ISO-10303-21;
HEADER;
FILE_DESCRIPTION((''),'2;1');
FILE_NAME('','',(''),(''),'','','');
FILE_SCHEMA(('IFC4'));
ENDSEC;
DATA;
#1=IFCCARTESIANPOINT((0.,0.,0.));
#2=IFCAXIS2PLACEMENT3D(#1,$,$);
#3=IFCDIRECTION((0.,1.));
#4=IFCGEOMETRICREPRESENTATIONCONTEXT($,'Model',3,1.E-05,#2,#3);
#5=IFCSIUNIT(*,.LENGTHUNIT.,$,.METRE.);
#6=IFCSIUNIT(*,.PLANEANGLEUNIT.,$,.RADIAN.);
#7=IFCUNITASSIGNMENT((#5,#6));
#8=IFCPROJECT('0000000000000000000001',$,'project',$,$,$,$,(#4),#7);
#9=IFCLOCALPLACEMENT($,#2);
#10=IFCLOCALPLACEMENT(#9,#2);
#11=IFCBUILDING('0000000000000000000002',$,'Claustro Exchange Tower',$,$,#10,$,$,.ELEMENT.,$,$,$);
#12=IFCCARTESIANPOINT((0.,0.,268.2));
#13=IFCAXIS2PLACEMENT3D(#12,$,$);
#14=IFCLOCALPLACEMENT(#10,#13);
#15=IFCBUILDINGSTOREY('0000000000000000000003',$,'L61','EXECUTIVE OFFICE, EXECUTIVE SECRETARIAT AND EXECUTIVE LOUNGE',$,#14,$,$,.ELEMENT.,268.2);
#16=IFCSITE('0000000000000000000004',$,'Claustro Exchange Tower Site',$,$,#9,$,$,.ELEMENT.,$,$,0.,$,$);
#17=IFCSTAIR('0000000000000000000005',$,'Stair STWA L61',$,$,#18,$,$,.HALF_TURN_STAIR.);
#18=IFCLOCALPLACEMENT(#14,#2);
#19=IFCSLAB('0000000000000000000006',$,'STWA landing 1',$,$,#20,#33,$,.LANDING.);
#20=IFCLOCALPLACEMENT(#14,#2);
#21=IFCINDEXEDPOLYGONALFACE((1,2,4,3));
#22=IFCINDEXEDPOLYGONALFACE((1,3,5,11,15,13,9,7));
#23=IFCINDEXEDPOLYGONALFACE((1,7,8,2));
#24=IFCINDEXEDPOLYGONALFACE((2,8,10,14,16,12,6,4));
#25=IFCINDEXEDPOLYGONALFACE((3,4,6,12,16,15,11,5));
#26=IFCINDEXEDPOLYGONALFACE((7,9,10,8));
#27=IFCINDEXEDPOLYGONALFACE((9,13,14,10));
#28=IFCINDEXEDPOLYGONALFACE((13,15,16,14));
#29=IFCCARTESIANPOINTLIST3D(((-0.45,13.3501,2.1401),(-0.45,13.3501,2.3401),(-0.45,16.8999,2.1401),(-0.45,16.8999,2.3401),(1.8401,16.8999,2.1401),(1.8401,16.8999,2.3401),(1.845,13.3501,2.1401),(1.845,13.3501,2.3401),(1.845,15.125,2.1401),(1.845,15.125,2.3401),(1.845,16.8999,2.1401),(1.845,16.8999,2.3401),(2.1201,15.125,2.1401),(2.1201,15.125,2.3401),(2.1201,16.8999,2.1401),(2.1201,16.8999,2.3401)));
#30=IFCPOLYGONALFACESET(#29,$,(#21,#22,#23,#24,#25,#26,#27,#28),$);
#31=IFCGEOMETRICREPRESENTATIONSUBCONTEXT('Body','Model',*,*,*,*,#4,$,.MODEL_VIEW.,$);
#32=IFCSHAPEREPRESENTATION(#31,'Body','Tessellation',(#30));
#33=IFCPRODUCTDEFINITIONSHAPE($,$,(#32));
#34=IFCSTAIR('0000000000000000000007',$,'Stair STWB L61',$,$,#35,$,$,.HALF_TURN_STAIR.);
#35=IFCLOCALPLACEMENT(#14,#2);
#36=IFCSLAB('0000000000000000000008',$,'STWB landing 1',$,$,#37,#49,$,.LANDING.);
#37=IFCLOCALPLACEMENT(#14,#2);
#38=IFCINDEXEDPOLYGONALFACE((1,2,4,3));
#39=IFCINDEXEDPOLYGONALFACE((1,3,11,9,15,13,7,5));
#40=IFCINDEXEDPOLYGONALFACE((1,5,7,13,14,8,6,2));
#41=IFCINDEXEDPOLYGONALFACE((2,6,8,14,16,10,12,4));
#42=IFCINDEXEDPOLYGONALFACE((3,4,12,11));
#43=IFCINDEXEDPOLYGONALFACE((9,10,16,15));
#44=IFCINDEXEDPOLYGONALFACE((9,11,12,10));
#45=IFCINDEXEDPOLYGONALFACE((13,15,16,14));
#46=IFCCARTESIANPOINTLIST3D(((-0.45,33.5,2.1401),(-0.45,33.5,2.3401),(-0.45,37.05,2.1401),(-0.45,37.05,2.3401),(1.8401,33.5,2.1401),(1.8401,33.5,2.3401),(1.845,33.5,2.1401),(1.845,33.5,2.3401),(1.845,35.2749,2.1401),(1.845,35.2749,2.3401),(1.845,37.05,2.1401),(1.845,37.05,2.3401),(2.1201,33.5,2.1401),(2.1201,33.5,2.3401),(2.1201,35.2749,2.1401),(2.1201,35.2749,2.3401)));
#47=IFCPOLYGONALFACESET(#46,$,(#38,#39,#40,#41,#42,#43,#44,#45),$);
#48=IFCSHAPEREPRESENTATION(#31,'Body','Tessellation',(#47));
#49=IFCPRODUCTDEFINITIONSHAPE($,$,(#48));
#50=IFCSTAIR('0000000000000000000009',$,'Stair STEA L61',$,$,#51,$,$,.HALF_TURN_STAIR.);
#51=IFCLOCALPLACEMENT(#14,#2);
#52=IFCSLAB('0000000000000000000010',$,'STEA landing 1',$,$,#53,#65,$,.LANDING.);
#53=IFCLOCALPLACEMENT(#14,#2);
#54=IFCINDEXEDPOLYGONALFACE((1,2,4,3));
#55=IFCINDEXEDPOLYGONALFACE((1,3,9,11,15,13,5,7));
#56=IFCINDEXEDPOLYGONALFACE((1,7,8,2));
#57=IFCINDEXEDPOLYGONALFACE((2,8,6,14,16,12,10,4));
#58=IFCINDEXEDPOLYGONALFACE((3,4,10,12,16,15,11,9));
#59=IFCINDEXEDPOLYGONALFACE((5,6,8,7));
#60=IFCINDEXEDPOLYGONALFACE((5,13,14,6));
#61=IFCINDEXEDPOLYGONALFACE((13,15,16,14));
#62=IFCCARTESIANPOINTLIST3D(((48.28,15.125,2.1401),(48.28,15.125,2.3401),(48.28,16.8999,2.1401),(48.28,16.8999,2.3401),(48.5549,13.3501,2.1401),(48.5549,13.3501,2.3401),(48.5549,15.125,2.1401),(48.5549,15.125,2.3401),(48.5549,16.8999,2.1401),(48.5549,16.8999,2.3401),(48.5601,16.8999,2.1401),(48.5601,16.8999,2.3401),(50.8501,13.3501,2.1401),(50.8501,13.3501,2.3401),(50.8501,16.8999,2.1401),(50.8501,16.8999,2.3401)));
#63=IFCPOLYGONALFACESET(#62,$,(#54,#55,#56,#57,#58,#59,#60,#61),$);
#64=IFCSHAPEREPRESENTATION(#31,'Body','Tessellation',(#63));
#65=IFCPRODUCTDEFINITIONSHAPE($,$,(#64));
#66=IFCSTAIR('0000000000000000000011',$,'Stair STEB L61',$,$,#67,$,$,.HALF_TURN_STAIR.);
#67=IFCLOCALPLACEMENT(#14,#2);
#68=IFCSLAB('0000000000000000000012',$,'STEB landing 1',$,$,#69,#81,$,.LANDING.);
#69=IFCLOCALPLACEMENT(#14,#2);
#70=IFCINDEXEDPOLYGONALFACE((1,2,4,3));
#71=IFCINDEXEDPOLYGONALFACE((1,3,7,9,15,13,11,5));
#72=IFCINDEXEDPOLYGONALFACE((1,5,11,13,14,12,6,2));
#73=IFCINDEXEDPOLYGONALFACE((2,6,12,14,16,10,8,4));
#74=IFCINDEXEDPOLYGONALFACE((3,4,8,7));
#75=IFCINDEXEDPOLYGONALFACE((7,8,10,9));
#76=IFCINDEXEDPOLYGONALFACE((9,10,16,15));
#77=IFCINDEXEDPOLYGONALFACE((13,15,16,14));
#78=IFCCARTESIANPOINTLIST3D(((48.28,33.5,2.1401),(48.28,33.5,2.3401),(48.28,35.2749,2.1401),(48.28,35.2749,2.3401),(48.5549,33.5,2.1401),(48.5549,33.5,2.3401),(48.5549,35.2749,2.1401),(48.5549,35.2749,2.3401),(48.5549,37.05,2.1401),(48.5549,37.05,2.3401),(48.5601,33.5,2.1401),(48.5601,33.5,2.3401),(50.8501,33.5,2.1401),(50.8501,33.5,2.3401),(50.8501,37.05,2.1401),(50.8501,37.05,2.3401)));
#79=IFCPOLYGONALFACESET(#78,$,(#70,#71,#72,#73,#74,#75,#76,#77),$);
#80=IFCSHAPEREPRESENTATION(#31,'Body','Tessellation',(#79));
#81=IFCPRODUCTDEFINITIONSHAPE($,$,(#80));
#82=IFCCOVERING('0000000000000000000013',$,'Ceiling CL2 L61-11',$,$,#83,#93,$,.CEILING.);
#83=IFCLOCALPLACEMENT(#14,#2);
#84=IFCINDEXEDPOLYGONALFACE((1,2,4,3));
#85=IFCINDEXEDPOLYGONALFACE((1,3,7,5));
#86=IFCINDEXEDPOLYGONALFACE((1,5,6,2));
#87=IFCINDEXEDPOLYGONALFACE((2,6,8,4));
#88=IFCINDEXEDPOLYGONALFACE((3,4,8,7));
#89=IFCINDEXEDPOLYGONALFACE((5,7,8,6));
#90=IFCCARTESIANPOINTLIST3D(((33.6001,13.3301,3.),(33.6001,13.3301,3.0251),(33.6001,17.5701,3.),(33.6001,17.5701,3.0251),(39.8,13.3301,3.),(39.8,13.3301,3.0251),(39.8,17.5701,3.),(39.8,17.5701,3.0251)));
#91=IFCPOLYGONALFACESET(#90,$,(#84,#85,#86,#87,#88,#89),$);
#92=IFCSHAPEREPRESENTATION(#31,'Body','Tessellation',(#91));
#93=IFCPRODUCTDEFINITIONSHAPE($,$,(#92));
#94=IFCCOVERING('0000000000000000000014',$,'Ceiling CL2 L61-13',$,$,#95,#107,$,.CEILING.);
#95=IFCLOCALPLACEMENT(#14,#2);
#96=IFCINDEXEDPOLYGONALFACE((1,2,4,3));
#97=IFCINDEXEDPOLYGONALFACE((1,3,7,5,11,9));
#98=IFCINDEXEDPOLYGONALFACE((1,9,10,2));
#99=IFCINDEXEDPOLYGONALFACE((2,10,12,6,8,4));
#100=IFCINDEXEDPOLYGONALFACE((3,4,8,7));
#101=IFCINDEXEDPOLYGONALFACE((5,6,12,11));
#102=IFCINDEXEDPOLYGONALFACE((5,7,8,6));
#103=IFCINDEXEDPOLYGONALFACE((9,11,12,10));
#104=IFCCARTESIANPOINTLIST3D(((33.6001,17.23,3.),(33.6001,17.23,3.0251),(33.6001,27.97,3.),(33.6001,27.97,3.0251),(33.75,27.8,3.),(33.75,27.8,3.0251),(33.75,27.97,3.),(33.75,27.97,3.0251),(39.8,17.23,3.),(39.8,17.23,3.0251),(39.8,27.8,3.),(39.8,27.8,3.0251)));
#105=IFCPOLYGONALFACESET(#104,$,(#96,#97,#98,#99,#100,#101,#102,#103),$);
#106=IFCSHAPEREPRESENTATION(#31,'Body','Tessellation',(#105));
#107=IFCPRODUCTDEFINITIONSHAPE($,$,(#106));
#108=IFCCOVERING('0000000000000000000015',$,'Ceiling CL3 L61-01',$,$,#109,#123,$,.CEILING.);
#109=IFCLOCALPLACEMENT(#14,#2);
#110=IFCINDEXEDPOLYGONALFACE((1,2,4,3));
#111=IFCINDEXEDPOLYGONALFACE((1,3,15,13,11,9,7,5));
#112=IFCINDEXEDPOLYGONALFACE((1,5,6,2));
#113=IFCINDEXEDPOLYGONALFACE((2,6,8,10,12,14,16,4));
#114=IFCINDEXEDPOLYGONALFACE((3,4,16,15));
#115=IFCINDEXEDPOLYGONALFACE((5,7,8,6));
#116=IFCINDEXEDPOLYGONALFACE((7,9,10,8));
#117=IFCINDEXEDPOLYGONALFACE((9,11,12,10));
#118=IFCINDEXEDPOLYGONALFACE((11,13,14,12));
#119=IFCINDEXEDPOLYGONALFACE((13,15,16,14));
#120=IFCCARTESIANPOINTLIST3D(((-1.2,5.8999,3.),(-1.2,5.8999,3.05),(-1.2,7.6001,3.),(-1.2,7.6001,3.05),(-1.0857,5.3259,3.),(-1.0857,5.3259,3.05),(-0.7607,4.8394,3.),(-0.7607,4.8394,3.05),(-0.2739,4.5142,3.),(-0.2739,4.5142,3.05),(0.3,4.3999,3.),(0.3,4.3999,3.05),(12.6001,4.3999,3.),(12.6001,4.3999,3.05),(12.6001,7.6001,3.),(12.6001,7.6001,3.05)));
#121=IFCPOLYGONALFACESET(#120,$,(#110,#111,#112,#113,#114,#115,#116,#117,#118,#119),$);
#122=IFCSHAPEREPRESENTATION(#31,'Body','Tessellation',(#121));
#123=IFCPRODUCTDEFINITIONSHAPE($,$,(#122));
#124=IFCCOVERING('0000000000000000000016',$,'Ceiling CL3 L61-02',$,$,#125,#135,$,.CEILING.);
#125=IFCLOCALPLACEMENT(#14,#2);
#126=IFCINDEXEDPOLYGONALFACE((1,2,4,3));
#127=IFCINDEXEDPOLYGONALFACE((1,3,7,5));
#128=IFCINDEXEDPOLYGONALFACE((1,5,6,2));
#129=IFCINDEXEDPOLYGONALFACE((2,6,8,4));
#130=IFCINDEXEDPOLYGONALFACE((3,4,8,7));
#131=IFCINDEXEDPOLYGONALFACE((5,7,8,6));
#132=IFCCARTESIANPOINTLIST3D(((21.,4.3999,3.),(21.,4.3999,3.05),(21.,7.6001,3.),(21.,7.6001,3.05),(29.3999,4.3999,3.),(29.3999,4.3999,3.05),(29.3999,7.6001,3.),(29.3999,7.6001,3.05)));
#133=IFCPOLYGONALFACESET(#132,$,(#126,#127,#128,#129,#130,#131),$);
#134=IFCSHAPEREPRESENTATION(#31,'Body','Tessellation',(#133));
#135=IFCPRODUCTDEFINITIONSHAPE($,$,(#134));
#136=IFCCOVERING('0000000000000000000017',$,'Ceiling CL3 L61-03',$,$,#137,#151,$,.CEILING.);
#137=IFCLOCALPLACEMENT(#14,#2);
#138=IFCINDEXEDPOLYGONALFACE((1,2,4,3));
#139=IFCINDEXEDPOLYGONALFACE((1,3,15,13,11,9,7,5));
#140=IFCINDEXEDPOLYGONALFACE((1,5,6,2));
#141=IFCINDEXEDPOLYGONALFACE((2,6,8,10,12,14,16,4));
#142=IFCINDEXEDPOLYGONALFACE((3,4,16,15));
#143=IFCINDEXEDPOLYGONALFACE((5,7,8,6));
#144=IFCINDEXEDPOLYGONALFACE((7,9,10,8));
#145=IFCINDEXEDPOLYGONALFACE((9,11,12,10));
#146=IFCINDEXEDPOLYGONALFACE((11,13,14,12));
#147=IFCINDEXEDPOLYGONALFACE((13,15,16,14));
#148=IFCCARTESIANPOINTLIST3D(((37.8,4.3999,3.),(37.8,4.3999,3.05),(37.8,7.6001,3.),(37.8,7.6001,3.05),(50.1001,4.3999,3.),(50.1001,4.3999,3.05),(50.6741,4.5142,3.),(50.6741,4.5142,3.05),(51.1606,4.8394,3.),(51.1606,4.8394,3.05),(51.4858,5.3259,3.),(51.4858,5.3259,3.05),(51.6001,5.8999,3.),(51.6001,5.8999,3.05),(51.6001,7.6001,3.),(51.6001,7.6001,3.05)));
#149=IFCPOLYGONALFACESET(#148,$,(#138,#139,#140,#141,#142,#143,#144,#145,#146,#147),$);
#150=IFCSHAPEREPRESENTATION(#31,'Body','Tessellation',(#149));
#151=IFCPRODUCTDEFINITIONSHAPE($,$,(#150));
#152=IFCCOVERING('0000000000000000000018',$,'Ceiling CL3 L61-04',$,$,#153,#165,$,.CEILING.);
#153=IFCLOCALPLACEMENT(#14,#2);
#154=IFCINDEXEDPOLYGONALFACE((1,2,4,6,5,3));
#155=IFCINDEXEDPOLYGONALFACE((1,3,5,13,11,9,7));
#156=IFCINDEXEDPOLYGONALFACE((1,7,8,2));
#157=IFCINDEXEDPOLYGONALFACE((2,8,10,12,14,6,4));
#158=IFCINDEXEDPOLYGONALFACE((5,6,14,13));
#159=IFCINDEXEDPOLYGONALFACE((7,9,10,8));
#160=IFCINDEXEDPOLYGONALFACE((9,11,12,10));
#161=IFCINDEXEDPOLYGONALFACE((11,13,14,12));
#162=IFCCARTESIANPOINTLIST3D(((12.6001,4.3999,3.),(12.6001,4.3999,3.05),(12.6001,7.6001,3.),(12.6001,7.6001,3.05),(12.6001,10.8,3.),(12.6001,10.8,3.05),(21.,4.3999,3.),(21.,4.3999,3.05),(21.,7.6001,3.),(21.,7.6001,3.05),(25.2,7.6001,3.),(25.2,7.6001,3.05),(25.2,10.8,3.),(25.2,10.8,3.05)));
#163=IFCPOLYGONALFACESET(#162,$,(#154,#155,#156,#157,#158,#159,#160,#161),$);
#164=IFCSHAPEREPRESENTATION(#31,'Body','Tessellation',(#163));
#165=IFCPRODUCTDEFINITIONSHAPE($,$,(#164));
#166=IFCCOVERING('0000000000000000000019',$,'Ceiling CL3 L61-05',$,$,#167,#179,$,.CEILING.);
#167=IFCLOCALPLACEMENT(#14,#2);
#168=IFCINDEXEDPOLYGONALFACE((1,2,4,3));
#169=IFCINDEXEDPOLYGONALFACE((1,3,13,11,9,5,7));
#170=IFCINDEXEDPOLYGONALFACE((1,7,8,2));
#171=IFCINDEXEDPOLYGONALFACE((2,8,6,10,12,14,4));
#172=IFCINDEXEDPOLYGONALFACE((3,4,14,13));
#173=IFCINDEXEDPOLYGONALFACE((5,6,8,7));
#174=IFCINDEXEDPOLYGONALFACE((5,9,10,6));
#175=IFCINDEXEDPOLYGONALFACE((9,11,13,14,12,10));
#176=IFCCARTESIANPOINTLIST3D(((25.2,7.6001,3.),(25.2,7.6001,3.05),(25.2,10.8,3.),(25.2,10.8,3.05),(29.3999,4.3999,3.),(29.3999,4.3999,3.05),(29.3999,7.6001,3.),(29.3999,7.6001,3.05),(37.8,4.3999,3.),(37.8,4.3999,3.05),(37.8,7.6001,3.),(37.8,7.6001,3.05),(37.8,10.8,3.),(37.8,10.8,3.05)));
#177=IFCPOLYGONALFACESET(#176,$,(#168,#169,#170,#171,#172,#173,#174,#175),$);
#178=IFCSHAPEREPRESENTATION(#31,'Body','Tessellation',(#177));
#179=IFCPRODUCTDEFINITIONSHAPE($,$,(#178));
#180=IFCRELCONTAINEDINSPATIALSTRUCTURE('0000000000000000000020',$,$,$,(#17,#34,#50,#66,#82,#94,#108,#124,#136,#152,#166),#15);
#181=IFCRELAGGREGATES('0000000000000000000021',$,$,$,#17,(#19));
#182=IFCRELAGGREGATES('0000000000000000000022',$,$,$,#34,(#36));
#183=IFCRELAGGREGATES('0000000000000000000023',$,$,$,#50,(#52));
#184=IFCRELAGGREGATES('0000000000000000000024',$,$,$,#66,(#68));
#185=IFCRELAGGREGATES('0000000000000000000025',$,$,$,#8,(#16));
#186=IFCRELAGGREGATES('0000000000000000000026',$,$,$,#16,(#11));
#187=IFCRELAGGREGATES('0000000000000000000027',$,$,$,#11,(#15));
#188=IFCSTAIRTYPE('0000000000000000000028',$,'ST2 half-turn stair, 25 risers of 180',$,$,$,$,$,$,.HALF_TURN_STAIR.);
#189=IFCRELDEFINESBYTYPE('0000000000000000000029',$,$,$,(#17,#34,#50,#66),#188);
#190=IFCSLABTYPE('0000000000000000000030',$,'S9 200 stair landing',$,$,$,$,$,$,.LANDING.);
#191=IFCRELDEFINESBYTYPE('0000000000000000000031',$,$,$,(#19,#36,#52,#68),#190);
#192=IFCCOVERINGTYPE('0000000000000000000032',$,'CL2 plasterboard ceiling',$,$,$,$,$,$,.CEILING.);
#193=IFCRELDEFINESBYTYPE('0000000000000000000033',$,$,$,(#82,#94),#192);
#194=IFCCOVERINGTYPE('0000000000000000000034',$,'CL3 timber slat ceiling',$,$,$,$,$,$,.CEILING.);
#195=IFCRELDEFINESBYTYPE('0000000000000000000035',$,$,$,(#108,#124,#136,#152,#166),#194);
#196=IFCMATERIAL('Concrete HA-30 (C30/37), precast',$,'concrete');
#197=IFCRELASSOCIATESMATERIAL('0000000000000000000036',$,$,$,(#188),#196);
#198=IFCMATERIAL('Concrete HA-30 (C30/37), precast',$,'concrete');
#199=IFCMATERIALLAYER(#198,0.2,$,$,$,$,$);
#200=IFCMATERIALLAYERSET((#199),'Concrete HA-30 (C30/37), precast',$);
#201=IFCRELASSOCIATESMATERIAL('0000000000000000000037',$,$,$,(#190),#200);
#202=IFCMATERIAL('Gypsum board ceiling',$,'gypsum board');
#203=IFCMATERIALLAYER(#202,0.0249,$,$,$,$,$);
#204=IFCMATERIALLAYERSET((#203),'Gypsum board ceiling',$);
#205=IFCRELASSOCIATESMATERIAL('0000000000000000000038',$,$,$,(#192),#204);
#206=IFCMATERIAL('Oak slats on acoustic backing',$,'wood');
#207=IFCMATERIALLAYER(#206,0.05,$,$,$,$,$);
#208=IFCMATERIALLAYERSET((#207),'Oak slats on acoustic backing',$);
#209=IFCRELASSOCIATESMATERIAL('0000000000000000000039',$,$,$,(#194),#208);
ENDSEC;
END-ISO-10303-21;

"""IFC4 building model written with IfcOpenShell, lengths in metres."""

from ifc_helpers import new_model, si_unit, direction, frame, origin, place, context, subcontext, project, spatial, polyline, outline, extrude, material, layer, layer_set, type_object, element, aggregate, save


model = new_model("IFC4")

# Units and contexts
model_context = context("Model", 3, precision=1e-05, world=origin(), true_north=direction((0.0, 1.0)))
body_context = subcontext(model_context, "Body", "Model", "MODEL_VIEW")
ifc_project = project(units=[si_unit("LENGTHUNIT", "METRE"), si_unit("PLANEANGLEUNIT", "RADIAN")], contexts=[model_context])

# Site, building, storey
site_placement = place(None, origin())
site = spatial("IfcSite", under=ifc_project, at=site_placement, Name="Claustro Exchange Tower Site", CompositionType="ELEMENT", RefElevation=0.0)
building_placement = place(site_placement, origin())
building = spatial("IfcBuilding", under=site, at=building_placement, Name="Claustro Exchange Tower", CompositionType="ELEMENT")
storey_placement = place(building_placement, frame((0.0, 0.0, 268.2)))
storey = spatial("IfcBuildingStorey", under=building, at=storey_placement, Name="L61", Description="EXECUTIVE OFFICE, EXECUTIVE SECRETARIAT AND EXECUTIVE LOUNGE", CompositionType="ELEMENT", Elevation=268.2)

# Stairs, slabs
ifc_material_1 = material(Name="Concrete HA-30 (C30/37), precast", Category="concrete")
stair_type = type_object("IfcStairType", Name="ST2 half-turn stair, 25 risers of 180", PredefinedType="HALF_TURN_STAIR", material=ifc_material_1)
stair_1_placement = place(storey_placement, origin())
stair_1 = element("IfcStair", 1, at=stair_1_placement, inside=storey, type_object=stair_type, Name="Stair STWA L61", PredefinedType="HALF_TURN_STAIR")
ifc_material_2 = material(Name="Concrete HA-30 (C30/37), precast", Category="concrete")
ifc_layer_1 = layer(ifc_material_2, 0.2)
ifc_layer_set_1 = layer_set([ifc_layer_1], Name="Concrete HA-30 (C30/37), precast")
slab_type_1 = type_object("IfcSlabType", Name="S9 200 stair landing", PredefinedType="LANDING", material=ifc_layer_set_1)
slab_1_placement = place(storey_placement, frame((0.0, 0.0, 2.1401)))
slab_1 = element("IfcSlab", 2, at=slab_1_placement, type_object=slab_type_1, Name="STWA landing 1", PredefinedType="LANDING", context=body_context, shape_type="SweptSolid", body=[
    extrude(outline(polyline([(1.845, 13.3501), (-0.45, 13.3501), (-0.45, 16.8999), (1.8401, 16.8999), (1.845, 16.8999), (2.1201, 16.8999), (2.1201, 15.125), (1.845, 15.125), (1.845, 13.3501)])), origin(), (0.0, 0.0, 1.0), 0.2),
])
aggregate(stair_1, [slab_1])
stair_2_placement = place(storey_placement, origin())
stair_2 = element("IfcStair", 3, at=stair_2_placement, inside=storey, type_object=stair_type, Name="Stair STWB L61", PredefinedType="HALF_TURN_STAIR")
slab_2_placement = place(storey_placement, frame((0.0, 0.0, 2.1401)))
slab_2 = element("IfcSlab", 4, at=slab_2_placement, type_object=slab_type_1, Name="STWB landing 1", PredefinedType="LANDING", context=body_context, shape_type="SweptSolid", body=[
    extrude(outline(polyline([(2.1201, 35.2749), (2.1201, 33.5), (1.845, 33.5), (1.8401, 33.5), (-0.45, 33.5), (-0.45, 37.05), (1.845, 37.05), (1.845, 35.2749), (2.1201, 35.2749)])), origin(), (0.0, 0.0, 1.0), 0.2),
])
aggregate(stair_2, [slab_2])
stair_3_placement = place(storey_placement, origin())
stair_3 = element("IfcStair", 5, at=stair_3_placement, inside=storey, type_object=stair_type, Name="Stair STEA L61", PredefinedType="HALF_TURN_STAIR")
slab_3_placement = place(storey_placement, frame((0.0, 0.0, 2.1401)))
slab_3 = element("IfcSlab", 6, at=slab_3_placement, type_object=slab_type_1, Name="STEA landing 1", PredefinedType="LANDING", context=body_context, shape_type="SweptSolid", body=[
    extrude(outline(polyline([(50.8501, 16.8999), (50.8501, 13.3501), (48.5549, 13.3501), (48.5549, 15.125), (48.28, 15.125), (48.28, 16.8999), (48.5549, 16.8999), (48.5601, 16.8999), (50.8501, 16.8999)])), origin(), (0.0, 0.0, 1.0), 0.2),
])
aggregate(stair_3, [slab_3])
stair_4_placement = place(storey_placement, origin())
stair_4 = element("IfcStair", 7, at=stair_4_placement, inside=storey, type_object=stair_type, Name="Stair STEB L61", PredefinedType="HALF_TURN_STAIR")
slab_4_placement = place(storey_placement, frame((0.0, 0.0, 2.1401)))
slab_4 = element("IfcSlab", 8, at=slab_4_placement, type_object=slab_type_1, Name="STEB landing 1", PredefinedType="LANDING", context=body_context, shape_type="SweptSolid", body=[
    extrude(outline(polyline([(48.28, 33.5), (48.28, 35.2749), (48.5549, 35.2749), (48.5549, 37.05), (50.8501, 37.05), (50.8501, 33.5), (48.5601, 33.5), (48.5549, 33.5), (48.28, 33.5)])), origin(), (0.0, 0.0, 1.0), 0.2),
])
aggregate(stair_4, [slab_4])

# Coverings
ifc_material_3 = material(Name="Gypsum board ceiling", Category="gypsum board")
ifc_layer_2 = layer(ifc_material_3, 0.0249)
ifc_layer_set_2 = layer_set([ifc_layer_2], Name="Gypsum board ceiling")
covering_type_1 = type_object("IfcCoveringType", Name="CL2 plasterboard ceiling", PredefinedType="CEILING", material=ifc_layer_set_2)
covering_1_placement = place(storey_placement, frame((0.0, 0.0, 3.0)))
element("IfcCovering", 9, at=covering_1_placement, inside=storey, type_object=covering_type_1, Name="Ceiling CL2 L61-11", PredefinedType="CEILING", context=body_context, shape_type="SweptSolid", body=[
    extrude(outline(polyline([(33.6001, 17.5701), (33.6001, 13.3301), (39.8, 13.3301), (39.8, 17.5701), (33.6001, 17.5701)])), origin(), (0.0, 0.0, 1.0), 0.0251),
])
covering_2_placement = place(storey_placement, frame((0.0, 0.0, 3.0)))
element("IfcCovering", 10, at=covering_2_placement, inside=storey, type_object=covering_type_1, Name="Ceiling CL2 L61-13", PredefinedType="CEILING", context=body_context, shape_type="SweptSolid", body=[
    extrude(outline(polyline([(33.6001, 27.97), (33.6001, 17.23), (39.8, 17.23), (39.8, 27.8), (33.75, 27.8), (33.75, 27.97), (33.6001, 27.97)])), origin(), (0.0, 0.0, 1.0), 0.0251),
])
ifc_material_4 = material(Name="Oak slats on acoustic backing", Category="wood")
ifc_layer_3 = layer(ifc_material_4, 0.05)
ifc_layer_set_3 = layer_set([ifc_layer_3], Name="Oak slats on acoustic backing")
covering_type_2 = type_object("IfcCoveringType", Name="CL3 timber slat ceiling", PredefinedType="CEILING", material=ifc_layer_set_3)
covering_3_placement = place(storey_placement, frame((0.0, 0.0, 3.0)))
element("IfcCovering", 11, at=covering_3_placement, inside=storey, type_object=covering_type_2, Name="Ceiling CL3 L61-01", PredefinedType="CEILING", context=body_context, shape_type="SweptSolid", body=[
    extrude(outline(polyline([(-1.0857, 5.3259), (-0.7607, 4.8394), (-0.2739, 4.5142), (0.3, 4.3999), (12.6001, 4.3999), (12.6001, 7.6001), (-1.2, 7.6001), (-1.2, 5.8999), (-1.0857, 5.3259)])), origin(), (0.0, 0.0, 1.0), 0.05),
])
covering_4_placement = place(storey_placement, frame((0.0, 0.0, 3.0)))
element("IfcCovering", 12, at=covering_4_placement, inside=storey, type_object=covering_type_2, Name="Ceiling CL3 L61-02", PredefinedType="CEILING", context=body_context, shape_type="SweptSolid", body=[
    extrude(outline(polyline([(21.0, 4.3999), (29.3999, 4.3999), (29.3999, 7.6001), (21.0, 7.6001), (21.0, 4.3999)])), origin(), (0.0, 0.0, 1.0), 0.05),
])
covering_5_placement = place(storey_placement, frame((0.0, 0.0, 3.0)))
element("IfcCovering", 13, at=covering_5_placement, inside=storey, type_object=covering_type_2, Name="Ceiling CL3 L61-03", PredefinedType="CEILING", context=body_context, shape_type="SweptSolid", body=[
    extrude(outline(polyline([(51.6001, 5.8999), (51.6001, 7.6001), (37.8, 7.6001), (37.8, 4.3999), (50.1001, 4.3999), (50.6741, 4.5142), (51.1606, 4.8394), (51.4858, 5.3259), (51.6001, 5.8999)])), origin(), (0.0, 0.0, 1.0), 0.05),
])
covering_6_placement = place(storey_placement, frame((0.0, 0.0, 3.0)))
element("IfcCovering", 14, at=covering_6_placement, inside=storey, type_object=covering_type_2, Name="Ceiling CL3 L61-04", PredefinedType="CEILING", context=body_context, shape_type="SweptSolid", body=[
    extrude(outline(polyline([(12.6001, 4.3999), (21.0, 4.3999), (21.0, 7.6001), (25.2, 7.6001), (25.2, 10.8), (12.6001, 10.8), (12.6001, 7.6001), (12.6001, 4.3999)])), origin(), (0.0, 0.0, 1.0), 0.05),
])
covering_7_placement = place(storey_placement, frame((0.0, 0.0, 3.0)))
element("IfcCovering", 15, at=covering_7_placement, inside=storey, type_object=covering_type_2, Name="Ceiling CL3 L61-05", PredefinedType="CEILING", context=body_context, shape_type="SweptSolid", body=[
    extrude(outline(polyline([(29.3999, 4.3999), (37.8, 4.3999), (37.8, 7.6001), (37.8, 10.8), (25.2, 10.8), (25.2, 7.6001), (29.3999, 7.6001), (29.3999, 4.3999)])), origin(), (0.0, 0.0, 1.0), 0.05),
])

save(model, "model.ifc")
